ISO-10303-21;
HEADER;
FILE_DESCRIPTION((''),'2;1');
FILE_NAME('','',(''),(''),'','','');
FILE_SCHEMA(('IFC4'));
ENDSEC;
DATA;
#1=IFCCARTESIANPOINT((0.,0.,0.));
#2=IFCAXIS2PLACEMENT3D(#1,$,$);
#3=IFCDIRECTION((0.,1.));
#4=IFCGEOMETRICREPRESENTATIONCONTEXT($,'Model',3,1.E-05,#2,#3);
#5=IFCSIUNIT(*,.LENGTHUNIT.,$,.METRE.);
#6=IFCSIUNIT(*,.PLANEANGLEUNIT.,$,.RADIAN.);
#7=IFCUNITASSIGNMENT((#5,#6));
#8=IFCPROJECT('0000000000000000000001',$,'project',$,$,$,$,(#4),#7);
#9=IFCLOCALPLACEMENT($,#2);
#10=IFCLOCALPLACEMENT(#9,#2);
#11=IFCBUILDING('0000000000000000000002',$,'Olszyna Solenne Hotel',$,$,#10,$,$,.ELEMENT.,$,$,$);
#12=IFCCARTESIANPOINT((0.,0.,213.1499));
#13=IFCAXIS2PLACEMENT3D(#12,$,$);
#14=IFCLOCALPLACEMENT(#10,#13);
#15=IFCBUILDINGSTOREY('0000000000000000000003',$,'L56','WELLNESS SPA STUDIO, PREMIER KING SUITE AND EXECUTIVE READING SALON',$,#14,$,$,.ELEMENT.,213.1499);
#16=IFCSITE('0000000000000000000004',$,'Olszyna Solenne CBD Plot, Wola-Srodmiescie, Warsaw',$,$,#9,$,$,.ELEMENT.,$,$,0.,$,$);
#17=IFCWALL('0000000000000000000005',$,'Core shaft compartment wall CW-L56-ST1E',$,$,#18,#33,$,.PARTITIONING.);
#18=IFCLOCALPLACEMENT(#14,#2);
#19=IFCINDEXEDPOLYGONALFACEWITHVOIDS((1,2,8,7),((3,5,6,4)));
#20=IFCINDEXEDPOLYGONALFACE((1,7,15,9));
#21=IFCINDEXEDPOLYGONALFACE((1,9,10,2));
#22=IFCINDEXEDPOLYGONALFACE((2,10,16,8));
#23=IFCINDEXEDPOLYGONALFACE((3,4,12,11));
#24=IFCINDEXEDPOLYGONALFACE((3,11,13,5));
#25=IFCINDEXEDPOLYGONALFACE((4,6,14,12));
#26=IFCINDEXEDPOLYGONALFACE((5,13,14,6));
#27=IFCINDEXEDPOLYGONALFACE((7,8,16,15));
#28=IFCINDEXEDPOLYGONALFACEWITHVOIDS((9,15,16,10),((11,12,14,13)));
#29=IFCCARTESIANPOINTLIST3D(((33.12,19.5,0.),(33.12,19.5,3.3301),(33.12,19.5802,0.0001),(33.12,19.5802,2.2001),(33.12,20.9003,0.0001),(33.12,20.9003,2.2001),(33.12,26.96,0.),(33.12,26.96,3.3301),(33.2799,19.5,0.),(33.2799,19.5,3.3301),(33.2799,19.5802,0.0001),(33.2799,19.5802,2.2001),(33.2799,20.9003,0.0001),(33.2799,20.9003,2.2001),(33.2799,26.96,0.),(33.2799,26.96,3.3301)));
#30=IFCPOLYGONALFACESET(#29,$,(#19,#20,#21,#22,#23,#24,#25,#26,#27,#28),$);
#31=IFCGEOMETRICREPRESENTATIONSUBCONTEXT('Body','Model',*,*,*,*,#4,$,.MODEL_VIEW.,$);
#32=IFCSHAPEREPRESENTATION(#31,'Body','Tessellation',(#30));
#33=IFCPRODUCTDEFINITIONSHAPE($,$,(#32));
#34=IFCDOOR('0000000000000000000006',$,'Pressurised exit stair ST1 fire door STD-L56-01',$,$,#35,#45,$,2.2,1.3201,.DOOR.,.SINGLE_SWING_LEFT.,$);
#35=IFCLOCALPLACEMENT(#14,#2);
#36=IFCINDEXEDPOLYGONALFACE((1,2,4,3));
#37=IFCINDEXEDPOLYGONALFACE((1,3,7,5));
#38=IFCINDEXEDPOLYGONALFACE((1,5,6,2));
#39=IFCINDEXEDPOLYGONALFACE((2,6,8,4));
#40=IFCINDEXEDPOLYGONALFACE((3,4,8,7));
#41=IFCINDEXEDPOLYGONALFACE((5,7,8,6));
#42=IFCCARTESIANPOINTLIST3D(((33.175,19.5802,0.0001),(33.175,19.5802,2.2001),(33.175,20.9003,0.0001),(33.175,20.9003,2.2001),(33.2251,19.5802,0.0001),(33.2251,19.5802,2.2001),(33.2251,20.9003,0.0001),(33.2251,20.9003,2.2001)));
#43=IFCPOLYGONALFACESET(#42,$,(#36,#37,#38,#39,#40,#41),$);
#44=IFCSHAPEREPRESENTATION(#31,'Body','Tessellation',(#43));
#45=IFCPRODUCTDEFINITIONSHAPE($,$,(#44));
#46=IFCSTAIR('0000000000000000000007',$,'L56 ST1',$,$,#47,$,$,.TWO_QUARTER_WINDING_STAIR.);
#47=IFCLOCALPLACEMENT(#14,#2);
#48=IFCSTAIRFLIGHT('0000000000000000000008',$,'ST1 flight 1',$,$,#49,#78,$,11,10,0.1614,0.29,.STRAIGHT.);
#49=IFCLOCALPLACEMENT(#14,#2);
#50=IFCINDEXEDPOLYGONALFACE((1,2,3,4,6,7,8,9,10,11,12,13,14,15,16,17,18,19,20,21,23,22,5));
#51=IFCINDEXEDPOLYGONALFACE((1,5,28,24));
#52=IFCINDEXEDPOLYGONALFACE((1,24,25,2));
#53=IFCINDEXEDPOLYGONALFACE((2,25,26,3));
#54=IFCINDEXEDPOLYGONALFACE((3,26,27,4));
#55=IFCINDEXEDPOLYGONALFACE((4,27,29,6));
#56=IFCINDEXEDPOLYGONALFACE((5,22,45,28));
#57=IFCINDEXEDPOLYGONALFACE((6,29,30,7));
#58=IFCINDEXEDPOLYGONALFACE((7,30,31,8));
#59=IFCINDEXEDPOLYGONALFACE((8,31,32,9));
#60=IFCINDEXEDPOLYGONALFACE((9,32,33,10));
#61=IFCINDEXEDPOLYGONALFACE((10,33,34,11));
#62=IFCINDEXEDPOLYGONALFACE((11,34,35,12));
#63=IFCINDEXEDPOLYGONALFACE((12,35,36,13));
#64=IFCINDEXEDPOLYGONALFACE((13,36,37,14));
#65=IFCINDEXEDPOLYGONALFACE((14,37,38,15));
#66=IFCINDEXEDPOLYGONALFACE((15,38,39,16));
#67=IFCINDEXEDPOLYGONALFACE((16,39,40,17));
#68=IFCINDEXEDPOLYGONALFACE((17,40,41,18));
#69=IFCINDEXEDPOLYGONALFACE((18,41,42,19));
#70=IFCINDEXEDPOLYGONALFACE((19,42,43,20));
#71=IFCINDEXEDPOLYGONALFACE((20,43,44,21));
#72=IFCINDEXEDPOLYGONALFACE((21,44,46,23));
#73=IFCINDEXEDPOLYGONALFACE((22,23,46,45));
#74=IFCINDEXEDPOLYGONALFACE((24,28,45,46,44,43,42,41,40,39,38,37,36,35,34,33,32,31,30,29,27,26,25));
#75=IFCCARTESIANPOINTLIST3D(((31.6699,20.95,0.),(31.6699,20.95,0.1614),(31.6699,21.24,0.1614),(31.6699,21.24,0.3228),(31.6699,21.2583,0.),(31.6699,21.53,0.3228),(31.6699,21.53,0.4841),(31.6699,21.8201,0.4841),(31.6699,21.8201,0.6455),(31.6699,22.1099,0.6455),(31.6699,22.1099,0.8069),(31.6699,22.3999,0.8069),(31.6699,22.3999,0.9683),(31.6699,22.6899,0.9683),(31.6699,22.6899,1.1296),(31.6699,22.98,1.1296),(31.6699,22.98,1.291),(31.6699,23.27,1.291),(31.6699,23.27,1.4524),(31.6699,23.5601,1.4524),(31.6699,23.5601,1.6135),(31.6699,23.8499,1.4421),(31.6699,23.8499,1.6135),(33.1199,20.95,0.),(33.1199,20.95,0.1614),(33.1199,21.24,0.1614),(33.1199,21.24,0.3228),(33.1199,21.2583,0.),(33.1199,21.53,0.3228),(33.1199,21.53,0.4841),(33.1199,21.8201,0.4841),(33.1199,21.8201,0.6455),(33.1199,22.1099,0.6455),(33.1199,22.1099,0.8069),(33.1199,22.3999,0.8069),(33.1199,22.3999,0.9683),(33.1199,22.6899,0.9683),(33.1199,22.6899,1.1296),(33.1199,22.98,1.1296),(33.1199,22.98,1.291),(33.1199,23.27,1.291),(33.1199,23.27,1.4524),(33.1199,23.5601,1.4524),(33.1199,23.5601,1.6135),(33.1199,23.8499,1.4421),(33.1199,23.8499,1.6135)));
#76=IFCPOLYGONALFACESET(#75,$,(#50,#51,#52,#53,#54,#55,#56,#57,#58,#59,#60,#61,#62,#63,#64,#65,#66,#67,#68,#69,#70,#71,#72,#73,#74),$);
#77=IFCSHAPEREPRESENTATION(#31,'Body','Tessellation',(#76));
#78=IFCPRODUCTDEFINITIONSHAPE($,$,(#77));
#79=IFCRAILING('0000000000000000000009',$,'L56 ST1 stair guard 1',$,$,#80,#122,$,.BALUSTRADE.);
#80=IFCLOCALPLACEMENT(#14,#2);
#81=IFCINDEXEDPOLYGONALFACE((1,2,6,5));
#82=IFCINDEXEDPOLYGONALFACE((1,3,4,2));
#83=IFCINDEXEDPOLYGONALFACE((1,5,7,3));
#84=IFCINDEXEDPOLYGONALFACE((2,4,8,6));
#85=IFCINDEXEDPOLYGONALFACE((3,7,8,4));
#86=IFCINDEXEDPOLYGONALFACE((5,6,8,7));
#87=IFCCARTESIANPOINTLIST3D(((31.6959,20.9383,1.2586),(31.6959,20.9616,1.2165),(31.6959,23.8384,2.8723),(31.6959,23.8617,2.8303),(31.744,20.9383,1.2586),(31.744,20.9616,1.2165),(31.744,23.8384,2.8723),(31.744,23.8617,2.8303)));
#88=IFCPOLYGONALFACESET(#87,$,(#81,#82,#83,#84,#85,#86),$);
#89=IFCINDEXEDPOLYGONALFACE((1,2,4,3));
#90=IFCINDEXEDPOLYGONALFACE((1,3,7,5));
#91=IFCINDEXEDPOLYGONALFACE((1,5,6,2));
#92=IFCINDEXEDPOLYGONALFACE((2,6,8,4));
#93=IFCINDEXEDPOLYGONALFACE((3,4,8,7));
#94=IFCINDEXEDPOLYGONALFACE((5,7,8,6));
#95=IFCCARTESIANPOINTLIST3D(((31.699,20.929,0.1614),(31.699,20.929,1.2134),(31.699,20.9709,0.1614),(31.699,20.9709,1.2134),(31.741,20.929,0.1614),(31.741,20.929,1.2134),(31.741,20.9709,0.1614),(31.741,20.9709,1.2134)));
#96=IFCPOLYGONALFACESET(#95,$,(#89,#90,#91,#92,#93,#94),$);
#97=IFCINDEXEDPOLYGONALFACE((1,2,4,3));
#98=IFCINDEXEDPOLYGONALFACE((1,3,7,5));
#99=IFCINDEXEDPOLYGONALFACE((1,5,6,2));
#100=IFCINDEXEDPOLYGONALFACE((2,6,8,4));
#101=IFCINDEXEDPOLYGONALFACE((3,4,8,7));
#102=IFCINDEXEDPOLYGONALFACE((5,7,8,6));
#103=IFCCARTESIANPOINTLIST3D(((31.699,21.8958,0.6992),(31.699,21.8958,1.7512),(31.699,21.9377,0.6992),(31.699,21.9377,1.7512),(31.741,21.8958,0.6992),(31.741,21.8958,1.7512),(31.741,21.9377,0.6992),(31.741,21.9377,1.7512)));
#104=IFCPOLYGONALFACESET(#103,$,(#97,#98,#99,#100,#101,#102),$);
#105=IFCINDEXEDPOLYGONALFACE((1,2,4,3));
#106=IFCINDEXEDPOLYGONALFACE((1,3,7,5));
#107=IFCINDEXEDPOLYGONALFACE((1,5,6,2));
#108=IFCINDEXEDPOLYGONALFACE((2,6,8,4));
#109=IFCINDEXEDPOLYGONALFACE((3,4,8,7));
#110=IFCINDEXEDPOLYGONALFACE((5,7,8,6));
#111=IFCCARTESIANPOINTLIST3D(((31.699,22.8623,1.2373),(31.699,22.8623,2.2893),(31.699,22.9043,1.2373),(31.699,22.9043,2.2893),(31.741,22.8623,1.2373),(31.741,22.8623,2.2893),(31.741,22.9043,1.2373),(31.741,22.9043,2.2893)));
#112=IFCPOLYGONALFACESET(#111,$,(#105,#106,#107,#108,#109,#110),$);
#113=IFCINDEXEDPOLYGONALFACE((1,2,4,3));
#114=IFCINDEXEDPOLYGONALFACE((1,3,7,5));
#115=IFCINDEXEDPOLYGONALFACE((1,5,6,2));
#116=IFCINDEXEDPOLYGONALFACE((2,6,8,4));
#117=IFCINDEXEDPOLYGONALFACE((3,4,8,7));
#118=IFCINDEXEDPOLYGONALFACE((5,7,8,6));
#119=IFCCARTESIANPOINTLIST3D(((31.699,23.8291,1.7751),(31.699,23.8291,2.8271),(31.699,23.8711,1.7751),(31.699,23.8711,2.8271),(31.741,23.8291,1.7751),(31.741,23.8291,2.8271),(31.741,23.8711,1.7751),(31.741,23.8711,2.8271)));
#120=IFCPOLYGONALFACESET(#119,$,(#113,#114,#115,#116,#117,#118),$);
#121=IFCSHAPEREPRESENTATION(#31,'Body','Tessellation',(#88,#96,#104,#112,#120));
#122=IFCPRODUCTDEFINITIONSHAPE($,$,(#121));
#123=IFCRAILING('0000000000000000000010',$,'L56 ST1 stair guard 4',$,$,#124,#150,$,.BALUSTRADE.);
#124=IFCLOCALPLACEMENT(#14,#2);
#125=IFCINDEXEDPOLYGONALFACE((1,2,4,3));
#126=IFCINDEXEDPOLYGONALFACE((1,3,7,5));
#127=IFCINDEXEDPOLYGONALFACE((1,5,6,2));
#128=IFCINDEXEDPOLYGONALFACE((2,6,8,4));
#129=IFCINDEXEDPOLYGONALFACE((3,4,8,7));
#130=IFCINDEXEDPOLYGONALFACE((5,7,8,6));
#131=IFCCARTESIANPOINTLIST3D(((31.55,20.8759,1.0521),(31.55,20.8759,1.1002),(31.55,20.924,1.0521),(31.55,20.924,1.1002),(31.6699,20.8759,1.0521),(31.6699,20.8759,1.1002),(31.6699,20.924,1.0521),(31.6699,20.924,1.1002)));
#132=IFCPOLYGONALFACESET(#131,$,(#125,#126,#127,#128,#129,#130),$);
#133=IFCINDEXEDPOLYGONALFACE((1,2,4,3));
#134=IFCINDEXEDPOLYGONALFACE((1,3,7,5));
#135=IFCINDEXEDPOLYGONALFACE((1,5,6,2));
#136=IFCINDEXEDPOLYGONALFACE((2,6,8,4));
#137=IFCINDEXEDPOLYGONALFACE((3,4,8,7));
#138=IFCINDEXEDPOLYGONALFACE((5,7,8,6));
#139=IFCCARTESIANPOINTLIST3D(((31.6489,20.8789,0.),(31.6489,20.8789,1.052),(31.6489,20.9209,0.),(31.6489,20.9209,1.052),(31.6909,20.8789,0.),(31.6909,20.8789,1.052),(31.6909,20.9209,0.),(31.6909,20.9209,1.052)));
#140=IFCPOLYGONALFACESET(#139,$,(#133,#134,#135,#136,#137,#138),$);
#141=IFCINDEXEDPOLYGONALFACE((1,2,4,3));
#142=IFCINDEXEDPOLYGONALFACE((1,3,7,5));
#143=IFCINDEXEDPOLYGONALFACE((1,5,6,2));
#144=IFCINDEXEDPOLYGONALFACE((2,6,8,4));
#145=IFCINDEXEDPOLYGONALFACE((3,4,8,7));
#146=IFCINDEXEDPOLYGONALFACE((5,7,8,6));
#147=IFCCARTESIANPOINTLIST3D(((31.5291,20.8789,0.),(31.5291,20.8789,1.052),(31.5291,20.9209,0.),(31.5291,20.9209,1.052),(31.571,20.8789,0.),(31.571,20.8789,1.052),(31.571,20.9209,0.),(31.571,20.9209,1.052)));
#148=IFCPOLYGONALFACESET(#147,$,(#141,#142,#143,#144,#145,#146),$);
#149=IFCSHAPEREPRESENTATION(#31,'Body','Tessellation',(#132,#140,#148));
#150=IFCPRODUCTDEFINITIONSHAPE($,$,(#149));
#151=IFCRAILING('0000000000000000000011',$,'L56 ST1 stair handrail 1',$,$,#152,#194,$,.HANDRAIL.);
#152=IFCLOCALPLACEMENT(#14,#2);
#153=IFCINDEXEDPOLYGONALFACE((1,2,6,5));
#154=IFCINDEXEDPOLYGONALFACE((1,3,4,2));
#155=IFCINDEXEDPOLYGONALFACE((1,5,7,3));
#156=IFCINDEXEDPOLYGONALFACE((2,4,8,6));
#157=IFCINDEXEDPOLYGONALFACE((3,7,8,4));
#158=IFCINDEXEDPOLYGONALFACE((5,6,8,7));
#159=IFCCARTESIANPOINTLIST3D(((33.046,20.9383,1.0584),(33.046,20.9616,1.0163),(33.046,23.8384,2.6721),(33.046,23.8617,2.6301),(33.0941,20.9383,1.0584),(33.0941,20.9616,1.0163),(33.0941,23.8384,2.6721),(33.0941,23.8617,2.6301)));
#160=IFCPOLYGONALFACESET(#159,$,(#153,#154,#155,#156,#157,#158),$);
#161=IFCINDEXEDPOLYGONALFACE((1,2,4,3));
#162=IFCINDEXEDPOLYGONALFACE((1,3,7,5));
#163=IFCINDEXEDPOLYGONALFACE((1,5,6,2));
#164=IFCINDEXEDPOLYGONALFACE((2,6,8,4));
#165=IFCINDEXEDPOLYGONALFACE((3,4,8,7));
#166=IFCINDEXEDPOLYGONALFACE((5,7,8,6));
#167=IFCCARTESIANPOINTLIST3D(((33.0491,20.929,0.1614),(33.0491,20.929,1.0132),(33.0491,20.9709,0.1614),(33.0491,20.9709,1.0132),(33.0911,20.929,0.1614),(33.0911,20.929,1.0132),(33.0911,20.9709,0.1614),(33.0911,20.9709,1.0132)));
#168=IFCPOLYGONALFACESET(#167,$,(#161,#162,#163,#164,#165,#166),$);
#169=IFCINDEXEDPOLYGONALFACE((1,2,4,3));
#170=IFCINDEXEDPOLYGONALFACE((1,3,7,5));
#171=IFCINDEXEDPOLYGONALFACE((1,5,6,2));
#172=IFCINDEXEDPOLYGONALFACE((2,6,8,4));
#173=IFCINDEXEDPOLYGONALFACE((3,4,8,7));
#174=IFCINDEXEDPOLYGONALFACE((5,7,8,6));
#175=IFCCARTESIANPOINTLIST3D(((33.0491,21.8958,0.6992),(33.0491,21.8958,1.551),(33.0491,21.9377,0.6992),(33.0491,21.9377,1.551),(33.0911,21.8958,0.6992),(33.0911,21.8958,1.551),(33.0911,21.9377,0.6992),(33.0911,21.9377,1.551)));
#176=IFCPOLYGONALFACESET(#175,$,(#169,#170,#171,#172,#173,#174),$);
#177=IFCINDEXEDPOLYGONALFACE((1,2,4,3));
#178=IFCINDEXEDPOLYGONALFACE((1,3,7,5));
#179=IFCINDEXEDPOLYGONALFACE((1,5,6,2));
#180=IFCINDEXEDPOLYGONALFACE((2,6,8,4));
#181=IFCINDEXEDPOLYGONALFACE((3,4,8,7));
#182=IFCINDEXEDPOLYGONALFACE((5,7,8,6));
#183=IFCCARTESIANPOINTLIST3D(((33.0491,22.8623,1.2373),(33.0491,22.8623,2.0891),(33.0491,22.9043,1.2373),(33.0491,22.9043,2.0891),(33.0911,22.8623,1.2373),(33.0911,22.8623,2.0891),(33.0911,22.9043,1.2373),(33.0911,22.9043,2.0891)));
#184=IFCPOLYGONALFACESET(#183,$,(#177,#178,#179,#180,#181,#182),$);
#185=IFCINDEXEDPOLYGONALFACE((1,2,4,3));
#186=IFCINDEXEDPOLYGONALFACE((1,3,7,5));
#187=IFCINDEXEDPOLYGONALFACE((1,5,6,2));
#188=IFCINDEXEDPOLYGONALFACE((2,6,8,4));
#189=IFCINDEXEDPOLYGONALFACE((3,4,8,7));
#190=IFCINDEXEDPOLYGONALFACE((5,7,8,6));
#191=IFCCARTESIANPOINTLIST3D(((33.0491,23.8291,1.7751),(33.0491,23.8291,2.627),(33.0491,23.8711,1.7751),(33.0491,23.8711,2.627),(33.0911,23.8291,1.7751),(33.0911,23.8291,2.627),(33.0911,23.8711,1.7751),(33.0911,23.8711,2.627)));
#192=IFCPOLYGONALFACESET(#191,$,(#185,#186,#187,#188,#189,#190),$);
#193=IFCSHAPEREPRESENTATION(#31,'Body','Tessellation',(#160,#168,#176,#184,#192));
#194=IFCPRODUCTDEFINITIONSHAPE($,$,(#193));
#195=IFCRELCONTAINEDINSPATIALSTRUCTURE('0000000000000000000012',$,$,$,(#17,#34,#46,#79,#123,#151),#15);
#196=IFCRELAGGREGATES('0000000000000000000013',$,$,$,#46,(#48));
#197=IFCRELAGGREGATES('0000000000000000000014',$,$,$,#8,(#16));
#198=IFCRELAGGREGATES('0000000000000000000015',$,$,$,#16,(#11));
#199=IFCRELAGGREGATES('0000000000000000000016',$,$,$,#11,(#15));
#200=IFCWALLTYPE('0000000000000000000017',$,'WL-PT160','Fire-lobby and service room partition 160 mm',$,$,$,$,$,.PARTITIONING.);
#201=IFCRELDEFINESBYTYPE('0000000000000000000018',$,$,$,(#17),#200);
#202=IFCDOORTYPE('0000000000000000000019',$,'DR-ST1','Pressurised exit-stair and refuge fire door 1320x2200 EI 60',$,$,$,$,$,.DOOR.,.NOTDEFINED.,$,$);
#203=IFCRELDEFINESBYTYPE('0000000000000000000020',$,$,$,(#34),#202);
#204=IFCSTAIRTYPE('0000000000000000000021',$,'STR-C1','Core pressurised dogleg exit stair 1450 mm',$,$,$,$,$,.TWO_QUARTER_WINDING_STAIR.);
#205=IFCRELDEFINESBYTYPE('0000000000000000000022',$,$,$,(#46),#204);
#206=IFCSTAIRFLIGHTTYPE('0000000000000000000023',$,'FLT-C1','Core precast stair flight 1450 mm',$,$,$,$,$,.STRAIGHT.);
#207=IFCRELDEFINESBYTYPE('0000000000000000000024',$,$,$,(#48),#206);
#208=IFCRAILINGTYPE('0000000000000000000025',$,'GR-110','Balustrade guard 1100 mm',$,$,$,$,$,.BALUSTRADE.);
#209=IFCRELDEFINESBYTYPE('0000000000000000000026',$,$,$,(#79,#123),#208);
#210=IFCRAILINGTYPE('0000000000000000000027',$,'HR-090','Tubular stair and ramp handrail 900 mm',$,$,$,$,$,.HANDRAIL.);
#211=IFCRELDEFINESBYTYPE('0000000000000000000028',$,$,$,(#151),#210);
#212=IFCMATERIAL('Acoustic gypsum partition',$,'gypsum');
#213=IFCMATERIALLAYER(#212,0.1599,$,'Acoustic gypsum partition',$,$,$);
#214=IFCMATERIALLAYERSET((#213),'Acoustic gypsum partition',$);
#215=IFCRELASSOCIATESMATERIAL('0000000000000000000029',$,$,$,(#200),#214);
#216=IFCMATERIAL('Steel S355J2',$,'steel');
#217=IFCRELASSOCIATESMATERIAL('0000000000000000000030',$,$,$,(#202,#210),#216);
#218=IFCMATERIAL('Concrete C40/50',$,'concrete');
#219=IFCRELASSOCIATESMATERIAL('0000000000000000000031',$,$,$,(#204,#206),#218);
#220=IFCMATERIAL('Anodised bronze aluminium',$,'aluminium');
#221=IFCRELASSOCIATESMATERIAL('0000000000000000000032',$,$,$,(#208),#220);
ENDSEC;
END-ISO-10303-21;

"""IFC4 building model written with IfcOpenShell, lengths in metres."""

from ifc_helpers import new_model, si_unit, direction, frame, frame_2d, origin, origin_2d, place, context, subcontext, project, spatial, polyline, rectangle, outline, extrude, source, transform, mapped, material, layer, layer_set, type_object, type_shapes, element, fill, aggregate, save


model = new_model("IFC4")

# Units and contexts
model_context = context("Model", 3, precision=1e-05, world=origin(), true_north=direction((0.0, 1.0)))
body_context = subcontext(model_context, "Body", "Model", "MODEL_VIEW")
ifc_project = project(units=[si_unit("LENGTHUNIT", "METRE"), si_unit("PLANEANGLEUNIT", "RADIAN")], contexts=[model_context])

# Site, building, storey
site_placement = place(None, origin())
site = spatial("IfcSite", under=ifc_project, at=site_placement, Name="Olszyna Solenne CBD Plot, Wola-Srodmiescie, Warsaw", CompositionType="ELEMENT", RefElevation=0.0)
building_placement = place(site_placement, origin())
building = spatial("IfcBuilding", under=site, at=building_placement, Name="Olszyna Solenne Hotel", CompositionType="ELEMENT")
storey_placement = place(building_placement, frame((0.0, 0.0, 213.1499)))
storey = spatial("IfcBuildingStorey", under=building, at=storey_placement, Name="L56", Description="WELLNESS SPA STUDIO, PREMIER KING SUITE AND EXECUTIVE READING SALON", CompositionType="ELEMENT", Elevation=213.1499)

# Shared definitions
ifc_material_1 = material(Name="Steel S355J2", Category="steel")

# Shared definitions
ifc_material_2 = material(Name="Anodised bronze aluminium", Category="aluminium")

# Shared definitions
ifc_material_3 = material(Name="Acoustic gypsum partition", Category="gypsum")

# Wall, opening, door
ifc_layer_1 = layer(ifc_material_3, 0.1599, Name="Acoustic gypsum partition")
ifc_layer_set_1 = layer_set([ifc_layer_1], Name="Acoustic gypsum partition")
wall_type_1 = type_object("IfcWallType", Name="WL-PT160", Description="Fire-lobby and service room partition 160 mm", PredefinedType="PARTITIONING", material=ifc_layer_set_1)
wall_1_placement = place(storey_placement, frame((33.2, 19.5, 0.0), z_axis=(0.0, 0.0, 1.0), x_axis=(0.0, 1.0, 0.0)))
wall_1 = element("IfcWall", 1, at=wall_1_placement, inside=storey, type_object=wall_type_1, Name="Core shaft compartment wall CW-L56-ST1E", PredefinedType="PARTITIONING", context=body_context, shape_type="SweptSolid", body=[
    extrude(rectangle(XDim=7.46, YDim=0.1599, at=frame_2d((3.73, 0.0))), origin(), (0.0, 0.0, 1.0), 3.3301),
])
opening_1_placement = place(wall_1_placement, frame((0.0801, 0.0, 0.0)))
opening_1 = element("IfcOpeningElement", 2, at=opening_1_placement, cuts=wall_1, PredefinedType="OPENING", context=body_context, shape_type="SweptSolid", body=[
    extrude(rectangle(XDim=1.3201, YDim=2.2, at=frame_2d((0.6602, 1.1001))), frame((0.0, 0.0898, 0.0), z_axis=(0.0, -1.0, 0.0), x_axis=(1.0, 0.0, 0.0)), (0.0, 0.0, 1.0), 0.1799),
])
door_type_1 = type_object("IfcDoorType", Name="DR-ST1", Description="Pressurised exit-stair and refuge fire door 1320x2200 EI 60", OperationType="NOTDEFINED", PredefinedType="DOOR", material=ifc_material_1)
shared_shape_1 = source(origin(), body_context, "Body", "SweptSolid", [
    extrude(rectangle(XDim=1.3201, YDim=2.2, at=frame_2d((0.6602, 1.1001))), frame((0.0, 0.0249, 0.0), z_axis=(0.0, -1.0, 0.0), x_axis=(1.0, 0.0, 0.0)), (0.0, 0.0, 1.0), 0.05),
])
type_shapes(door_type_1, [shared_shape_1])
door_1_placement = place(opening_1_placement, origin())
door_1 = element("IfcDoor", 3, at=door_1_placement, inside=storey, type_object=door_type_1, Name="Pressurised exit stair ST1 fire door STD-L56-01", OperationType="SINGLE_SWING_LEFT", OverallHeight=2.2, OverallWidth=1.3201, PredefinedType="DOOR", context=body_context, shape_type="MappedRepresentation", body=[
    mapped(shared_shape_1, transform((0.0, 0.0, 0.0), x_axis=(1.0, 0.0, 0.0), y_axis=(0.0, 1.0, 0.0), z_axis=(0.0, 0.0, 1.0), scale=1.0)),
])
fill(opening_1, door_1)

# Stair, stair flight
ifc_material_4 = material(Name="Concrete C40/50", Category="concrete")
stair_type = type_object("IfcStairType", Name="STR-C1", Description="Core pressurised dogleg exit stair 1450 mm", PredefinedType="TWO_QUARTER_WINDING_STAIR", material=ifc_material_4)
stair_placement = place(storey_placement, origin())
stair = element("IfcStair", 4, at=stair_placement, inside=storey, type_object=stair_type, Name="L56 ST1", PredefinedType="TWO_QUARTER_WINDING_STAIR")
stair_flight_type = type_object("IfcStairFlightType", Name="FLT-C1", Description="Core precast stair flight 1450 mm", PredefinedType="STRAIGHT", material=ifc_material_4)
stair_flight_placement = place(storey_placement, frame((32.395, 20.95, 0.0), z_axis=(0.0, 0.0, 1.0), x_axis=(0.0, 1.0, 0.0)))
stair_flight = element("IfcStairFlight", 5, at=stair_flight_placement, type_object=stair_flight_type, Name="ST1 flight 1", NumberOfRisers=11, NumberOfTreads=10, PredefinedType="STRAIGHT", RiserHeight=0.1614, TreadLength=0.29, context=body_context, shape_type="SweptSolid", body=[
    extrude(outline(polyline([(0.0, 0.0), (0.0, 0.1614), (0.29, 0.1614), (0.29, 0.3228), (0.5801, 0.3228), (0.5801, 0.4841), (0.8701, 0.4841), (0.8701, 0.6455), (1.1599, 0.6455), (1.1599, 0.8069), (1.45, 0.8069), (1.45, 0.9683), (1.74, 0.9683), (1.74, 1.1296), (2.03, 1.1296), (2.03, 1.291), (2.3201, 1.291), (2.3201, 1.4524), (2.6101, 1.4524), (2.6101, 1.6135), (2.8999, 1.6135), (2.8999, 1.7749), (2.8999, 1.4421), (0.3083, 0.0), (0.0, 0.0)])), frame((0.0, 0.7251, 0.0), z_axis=(0.0, -1.0, 0.0), x_axis=(1.0, 0.0, 0.0)), (0.0, 0.0, 1.0), 1.45),
])
aggregate(stair, [stair_flight])

# Railings
railing_type_1 = type_object("IfcRailingType", Name="GR-110", Description="Balustrade guard 1100 mm", PredefinedType="BALUSTRADE", material=ifc_material_2)
railing_1_placement = place(storey_placement, frame((31.72, 20.95, 0.1614)))
element("IfcRailing", 6, at=railing_1_placement, inside=storey, type_object=railing_type_1, Name="L56 ST1 stair guard 1", PredefinedType="BALUSTRADE", context=body_context, shape_type="SweptSolid", body=[
    extrude(rectangle(XDim=0.0481, YDim=0.0481, at=origin_2d()), frame((0.0, 0.0, 1.0762), z_axis=(0.0, 0.873827, 0.486236), x_axis=(-1.0, 0.0, 0.0)), (0.0, 0.0, 1.0), 3.3188),
    extrude(rectangle(XDim=0.042, YDim=0.042, at=origin_2d()), origin(), (0.0, 0.0, 1.0), 1.052),
    extrude(rectangle(XDim=0.042, YDim=0.042, at=origin_2d()), frame((0.0, 0.9668, 0.5378)), (0.0, 0.0, 1.0), 1.052),
    extrude(rectangle(XDim=0.042, YDim=0.042, at=origin_2d()), frame((0.0, 1.9333, 1.0759)), (0.0, 0.0, 1.0), 1.052),
    extrude(rectangle(XDim=0.042, YDim=0.042, at=origin_2d()), frame((0.0, 2.9001, 1.6138)), (0.0, 0.0, 1.0), 1.052),
])
railing_2_placement = place(storey_placement, frame((31.6699, 20.8999, 0.0)))
element("IfcRailing", 7, at=railing_2_placement, inside=storey, type_object=railing_type_1, Name="L56 ST1 stair guard 4", PredefinedType="BALUSTRADE", context=body_context, shape_type="SweptSolid", body=[
    extrude(rectangle(XDim=0.0481, YDim=0.0481, at=origin_2d()), frame((0.0, 0.0, 1.0762), z_axis=(-1.0, 0.0, 0.0), x_axis=(0.0, -1.0, 0.0)), (0.0, 0.0, 1.0), 0.1199),
    extrude(rectangle(XDim=0.042, YDim=0.042, at=origin_2d()), origin(), (0.0, 0.0, 1.0), 1.052),
    extrude(rectangle(XDim=0.042, YDim=0.042, at=origin_2d()), frame((-0.1199, 0.0, 0.0)), (0.0, 0.0, 1.0), 1.052),
])
railing_type_2 = type_object("IfcRailingType", Name="HR-090", Description="Tubular stair and ramp handrail 900 mm", PredefinedType="HANDRAIL", material=ifc_material_1)
railing_3_placement = place(storey_placement, frame((33.0701, 20.95, 0.1614)))
element("IfcRailing", 8, at=railing_3_placement, inside=storey, type_object=railing_type_2, Name="L56 ST1 stair handrail 1", PredefinedType="HANDRAIL", context=body_context, shape_type="SweptSolid", body=[
    extrude(rectangle(XDim=0.0481, YDim=0.0481, at=origin_2d()), frame((0.0, 0.0, 0.876), z_axis=(0.0, 0.873827, 0.486236), x_axis=(-1.0, 0.0, 0.0)), (0.0, 0.0, 1.0), 3.3188),
    extrude(rectangle(XDim=0.042, YDim=0.042, at=origin_2d()), origin(), (0.0, 0.0, 1.0), 0.8518),
    extrude(rectangle(XDim=0.042, YDim=0.042, at=origin_2d()), frame((0.0, 0.9668, 0.5378)), (0.0, 0.0, 1.0), 0.8518),
    extrude(rectangle(XDim=0.042, YDim=0.042, at=origin_2d()), frame((0.0, 1.9333, 1.0759)), (0.0, 0.0, 1.0), 0.8518),
    extrude(rectangle(XDim=0.042, YDim=0.042, at=origin_2d()), frame((0.0, 2.9001, 1.6138)), (0.0, 0.0, 1.0), 0.8518),
])

save(model, "model.ifc")
